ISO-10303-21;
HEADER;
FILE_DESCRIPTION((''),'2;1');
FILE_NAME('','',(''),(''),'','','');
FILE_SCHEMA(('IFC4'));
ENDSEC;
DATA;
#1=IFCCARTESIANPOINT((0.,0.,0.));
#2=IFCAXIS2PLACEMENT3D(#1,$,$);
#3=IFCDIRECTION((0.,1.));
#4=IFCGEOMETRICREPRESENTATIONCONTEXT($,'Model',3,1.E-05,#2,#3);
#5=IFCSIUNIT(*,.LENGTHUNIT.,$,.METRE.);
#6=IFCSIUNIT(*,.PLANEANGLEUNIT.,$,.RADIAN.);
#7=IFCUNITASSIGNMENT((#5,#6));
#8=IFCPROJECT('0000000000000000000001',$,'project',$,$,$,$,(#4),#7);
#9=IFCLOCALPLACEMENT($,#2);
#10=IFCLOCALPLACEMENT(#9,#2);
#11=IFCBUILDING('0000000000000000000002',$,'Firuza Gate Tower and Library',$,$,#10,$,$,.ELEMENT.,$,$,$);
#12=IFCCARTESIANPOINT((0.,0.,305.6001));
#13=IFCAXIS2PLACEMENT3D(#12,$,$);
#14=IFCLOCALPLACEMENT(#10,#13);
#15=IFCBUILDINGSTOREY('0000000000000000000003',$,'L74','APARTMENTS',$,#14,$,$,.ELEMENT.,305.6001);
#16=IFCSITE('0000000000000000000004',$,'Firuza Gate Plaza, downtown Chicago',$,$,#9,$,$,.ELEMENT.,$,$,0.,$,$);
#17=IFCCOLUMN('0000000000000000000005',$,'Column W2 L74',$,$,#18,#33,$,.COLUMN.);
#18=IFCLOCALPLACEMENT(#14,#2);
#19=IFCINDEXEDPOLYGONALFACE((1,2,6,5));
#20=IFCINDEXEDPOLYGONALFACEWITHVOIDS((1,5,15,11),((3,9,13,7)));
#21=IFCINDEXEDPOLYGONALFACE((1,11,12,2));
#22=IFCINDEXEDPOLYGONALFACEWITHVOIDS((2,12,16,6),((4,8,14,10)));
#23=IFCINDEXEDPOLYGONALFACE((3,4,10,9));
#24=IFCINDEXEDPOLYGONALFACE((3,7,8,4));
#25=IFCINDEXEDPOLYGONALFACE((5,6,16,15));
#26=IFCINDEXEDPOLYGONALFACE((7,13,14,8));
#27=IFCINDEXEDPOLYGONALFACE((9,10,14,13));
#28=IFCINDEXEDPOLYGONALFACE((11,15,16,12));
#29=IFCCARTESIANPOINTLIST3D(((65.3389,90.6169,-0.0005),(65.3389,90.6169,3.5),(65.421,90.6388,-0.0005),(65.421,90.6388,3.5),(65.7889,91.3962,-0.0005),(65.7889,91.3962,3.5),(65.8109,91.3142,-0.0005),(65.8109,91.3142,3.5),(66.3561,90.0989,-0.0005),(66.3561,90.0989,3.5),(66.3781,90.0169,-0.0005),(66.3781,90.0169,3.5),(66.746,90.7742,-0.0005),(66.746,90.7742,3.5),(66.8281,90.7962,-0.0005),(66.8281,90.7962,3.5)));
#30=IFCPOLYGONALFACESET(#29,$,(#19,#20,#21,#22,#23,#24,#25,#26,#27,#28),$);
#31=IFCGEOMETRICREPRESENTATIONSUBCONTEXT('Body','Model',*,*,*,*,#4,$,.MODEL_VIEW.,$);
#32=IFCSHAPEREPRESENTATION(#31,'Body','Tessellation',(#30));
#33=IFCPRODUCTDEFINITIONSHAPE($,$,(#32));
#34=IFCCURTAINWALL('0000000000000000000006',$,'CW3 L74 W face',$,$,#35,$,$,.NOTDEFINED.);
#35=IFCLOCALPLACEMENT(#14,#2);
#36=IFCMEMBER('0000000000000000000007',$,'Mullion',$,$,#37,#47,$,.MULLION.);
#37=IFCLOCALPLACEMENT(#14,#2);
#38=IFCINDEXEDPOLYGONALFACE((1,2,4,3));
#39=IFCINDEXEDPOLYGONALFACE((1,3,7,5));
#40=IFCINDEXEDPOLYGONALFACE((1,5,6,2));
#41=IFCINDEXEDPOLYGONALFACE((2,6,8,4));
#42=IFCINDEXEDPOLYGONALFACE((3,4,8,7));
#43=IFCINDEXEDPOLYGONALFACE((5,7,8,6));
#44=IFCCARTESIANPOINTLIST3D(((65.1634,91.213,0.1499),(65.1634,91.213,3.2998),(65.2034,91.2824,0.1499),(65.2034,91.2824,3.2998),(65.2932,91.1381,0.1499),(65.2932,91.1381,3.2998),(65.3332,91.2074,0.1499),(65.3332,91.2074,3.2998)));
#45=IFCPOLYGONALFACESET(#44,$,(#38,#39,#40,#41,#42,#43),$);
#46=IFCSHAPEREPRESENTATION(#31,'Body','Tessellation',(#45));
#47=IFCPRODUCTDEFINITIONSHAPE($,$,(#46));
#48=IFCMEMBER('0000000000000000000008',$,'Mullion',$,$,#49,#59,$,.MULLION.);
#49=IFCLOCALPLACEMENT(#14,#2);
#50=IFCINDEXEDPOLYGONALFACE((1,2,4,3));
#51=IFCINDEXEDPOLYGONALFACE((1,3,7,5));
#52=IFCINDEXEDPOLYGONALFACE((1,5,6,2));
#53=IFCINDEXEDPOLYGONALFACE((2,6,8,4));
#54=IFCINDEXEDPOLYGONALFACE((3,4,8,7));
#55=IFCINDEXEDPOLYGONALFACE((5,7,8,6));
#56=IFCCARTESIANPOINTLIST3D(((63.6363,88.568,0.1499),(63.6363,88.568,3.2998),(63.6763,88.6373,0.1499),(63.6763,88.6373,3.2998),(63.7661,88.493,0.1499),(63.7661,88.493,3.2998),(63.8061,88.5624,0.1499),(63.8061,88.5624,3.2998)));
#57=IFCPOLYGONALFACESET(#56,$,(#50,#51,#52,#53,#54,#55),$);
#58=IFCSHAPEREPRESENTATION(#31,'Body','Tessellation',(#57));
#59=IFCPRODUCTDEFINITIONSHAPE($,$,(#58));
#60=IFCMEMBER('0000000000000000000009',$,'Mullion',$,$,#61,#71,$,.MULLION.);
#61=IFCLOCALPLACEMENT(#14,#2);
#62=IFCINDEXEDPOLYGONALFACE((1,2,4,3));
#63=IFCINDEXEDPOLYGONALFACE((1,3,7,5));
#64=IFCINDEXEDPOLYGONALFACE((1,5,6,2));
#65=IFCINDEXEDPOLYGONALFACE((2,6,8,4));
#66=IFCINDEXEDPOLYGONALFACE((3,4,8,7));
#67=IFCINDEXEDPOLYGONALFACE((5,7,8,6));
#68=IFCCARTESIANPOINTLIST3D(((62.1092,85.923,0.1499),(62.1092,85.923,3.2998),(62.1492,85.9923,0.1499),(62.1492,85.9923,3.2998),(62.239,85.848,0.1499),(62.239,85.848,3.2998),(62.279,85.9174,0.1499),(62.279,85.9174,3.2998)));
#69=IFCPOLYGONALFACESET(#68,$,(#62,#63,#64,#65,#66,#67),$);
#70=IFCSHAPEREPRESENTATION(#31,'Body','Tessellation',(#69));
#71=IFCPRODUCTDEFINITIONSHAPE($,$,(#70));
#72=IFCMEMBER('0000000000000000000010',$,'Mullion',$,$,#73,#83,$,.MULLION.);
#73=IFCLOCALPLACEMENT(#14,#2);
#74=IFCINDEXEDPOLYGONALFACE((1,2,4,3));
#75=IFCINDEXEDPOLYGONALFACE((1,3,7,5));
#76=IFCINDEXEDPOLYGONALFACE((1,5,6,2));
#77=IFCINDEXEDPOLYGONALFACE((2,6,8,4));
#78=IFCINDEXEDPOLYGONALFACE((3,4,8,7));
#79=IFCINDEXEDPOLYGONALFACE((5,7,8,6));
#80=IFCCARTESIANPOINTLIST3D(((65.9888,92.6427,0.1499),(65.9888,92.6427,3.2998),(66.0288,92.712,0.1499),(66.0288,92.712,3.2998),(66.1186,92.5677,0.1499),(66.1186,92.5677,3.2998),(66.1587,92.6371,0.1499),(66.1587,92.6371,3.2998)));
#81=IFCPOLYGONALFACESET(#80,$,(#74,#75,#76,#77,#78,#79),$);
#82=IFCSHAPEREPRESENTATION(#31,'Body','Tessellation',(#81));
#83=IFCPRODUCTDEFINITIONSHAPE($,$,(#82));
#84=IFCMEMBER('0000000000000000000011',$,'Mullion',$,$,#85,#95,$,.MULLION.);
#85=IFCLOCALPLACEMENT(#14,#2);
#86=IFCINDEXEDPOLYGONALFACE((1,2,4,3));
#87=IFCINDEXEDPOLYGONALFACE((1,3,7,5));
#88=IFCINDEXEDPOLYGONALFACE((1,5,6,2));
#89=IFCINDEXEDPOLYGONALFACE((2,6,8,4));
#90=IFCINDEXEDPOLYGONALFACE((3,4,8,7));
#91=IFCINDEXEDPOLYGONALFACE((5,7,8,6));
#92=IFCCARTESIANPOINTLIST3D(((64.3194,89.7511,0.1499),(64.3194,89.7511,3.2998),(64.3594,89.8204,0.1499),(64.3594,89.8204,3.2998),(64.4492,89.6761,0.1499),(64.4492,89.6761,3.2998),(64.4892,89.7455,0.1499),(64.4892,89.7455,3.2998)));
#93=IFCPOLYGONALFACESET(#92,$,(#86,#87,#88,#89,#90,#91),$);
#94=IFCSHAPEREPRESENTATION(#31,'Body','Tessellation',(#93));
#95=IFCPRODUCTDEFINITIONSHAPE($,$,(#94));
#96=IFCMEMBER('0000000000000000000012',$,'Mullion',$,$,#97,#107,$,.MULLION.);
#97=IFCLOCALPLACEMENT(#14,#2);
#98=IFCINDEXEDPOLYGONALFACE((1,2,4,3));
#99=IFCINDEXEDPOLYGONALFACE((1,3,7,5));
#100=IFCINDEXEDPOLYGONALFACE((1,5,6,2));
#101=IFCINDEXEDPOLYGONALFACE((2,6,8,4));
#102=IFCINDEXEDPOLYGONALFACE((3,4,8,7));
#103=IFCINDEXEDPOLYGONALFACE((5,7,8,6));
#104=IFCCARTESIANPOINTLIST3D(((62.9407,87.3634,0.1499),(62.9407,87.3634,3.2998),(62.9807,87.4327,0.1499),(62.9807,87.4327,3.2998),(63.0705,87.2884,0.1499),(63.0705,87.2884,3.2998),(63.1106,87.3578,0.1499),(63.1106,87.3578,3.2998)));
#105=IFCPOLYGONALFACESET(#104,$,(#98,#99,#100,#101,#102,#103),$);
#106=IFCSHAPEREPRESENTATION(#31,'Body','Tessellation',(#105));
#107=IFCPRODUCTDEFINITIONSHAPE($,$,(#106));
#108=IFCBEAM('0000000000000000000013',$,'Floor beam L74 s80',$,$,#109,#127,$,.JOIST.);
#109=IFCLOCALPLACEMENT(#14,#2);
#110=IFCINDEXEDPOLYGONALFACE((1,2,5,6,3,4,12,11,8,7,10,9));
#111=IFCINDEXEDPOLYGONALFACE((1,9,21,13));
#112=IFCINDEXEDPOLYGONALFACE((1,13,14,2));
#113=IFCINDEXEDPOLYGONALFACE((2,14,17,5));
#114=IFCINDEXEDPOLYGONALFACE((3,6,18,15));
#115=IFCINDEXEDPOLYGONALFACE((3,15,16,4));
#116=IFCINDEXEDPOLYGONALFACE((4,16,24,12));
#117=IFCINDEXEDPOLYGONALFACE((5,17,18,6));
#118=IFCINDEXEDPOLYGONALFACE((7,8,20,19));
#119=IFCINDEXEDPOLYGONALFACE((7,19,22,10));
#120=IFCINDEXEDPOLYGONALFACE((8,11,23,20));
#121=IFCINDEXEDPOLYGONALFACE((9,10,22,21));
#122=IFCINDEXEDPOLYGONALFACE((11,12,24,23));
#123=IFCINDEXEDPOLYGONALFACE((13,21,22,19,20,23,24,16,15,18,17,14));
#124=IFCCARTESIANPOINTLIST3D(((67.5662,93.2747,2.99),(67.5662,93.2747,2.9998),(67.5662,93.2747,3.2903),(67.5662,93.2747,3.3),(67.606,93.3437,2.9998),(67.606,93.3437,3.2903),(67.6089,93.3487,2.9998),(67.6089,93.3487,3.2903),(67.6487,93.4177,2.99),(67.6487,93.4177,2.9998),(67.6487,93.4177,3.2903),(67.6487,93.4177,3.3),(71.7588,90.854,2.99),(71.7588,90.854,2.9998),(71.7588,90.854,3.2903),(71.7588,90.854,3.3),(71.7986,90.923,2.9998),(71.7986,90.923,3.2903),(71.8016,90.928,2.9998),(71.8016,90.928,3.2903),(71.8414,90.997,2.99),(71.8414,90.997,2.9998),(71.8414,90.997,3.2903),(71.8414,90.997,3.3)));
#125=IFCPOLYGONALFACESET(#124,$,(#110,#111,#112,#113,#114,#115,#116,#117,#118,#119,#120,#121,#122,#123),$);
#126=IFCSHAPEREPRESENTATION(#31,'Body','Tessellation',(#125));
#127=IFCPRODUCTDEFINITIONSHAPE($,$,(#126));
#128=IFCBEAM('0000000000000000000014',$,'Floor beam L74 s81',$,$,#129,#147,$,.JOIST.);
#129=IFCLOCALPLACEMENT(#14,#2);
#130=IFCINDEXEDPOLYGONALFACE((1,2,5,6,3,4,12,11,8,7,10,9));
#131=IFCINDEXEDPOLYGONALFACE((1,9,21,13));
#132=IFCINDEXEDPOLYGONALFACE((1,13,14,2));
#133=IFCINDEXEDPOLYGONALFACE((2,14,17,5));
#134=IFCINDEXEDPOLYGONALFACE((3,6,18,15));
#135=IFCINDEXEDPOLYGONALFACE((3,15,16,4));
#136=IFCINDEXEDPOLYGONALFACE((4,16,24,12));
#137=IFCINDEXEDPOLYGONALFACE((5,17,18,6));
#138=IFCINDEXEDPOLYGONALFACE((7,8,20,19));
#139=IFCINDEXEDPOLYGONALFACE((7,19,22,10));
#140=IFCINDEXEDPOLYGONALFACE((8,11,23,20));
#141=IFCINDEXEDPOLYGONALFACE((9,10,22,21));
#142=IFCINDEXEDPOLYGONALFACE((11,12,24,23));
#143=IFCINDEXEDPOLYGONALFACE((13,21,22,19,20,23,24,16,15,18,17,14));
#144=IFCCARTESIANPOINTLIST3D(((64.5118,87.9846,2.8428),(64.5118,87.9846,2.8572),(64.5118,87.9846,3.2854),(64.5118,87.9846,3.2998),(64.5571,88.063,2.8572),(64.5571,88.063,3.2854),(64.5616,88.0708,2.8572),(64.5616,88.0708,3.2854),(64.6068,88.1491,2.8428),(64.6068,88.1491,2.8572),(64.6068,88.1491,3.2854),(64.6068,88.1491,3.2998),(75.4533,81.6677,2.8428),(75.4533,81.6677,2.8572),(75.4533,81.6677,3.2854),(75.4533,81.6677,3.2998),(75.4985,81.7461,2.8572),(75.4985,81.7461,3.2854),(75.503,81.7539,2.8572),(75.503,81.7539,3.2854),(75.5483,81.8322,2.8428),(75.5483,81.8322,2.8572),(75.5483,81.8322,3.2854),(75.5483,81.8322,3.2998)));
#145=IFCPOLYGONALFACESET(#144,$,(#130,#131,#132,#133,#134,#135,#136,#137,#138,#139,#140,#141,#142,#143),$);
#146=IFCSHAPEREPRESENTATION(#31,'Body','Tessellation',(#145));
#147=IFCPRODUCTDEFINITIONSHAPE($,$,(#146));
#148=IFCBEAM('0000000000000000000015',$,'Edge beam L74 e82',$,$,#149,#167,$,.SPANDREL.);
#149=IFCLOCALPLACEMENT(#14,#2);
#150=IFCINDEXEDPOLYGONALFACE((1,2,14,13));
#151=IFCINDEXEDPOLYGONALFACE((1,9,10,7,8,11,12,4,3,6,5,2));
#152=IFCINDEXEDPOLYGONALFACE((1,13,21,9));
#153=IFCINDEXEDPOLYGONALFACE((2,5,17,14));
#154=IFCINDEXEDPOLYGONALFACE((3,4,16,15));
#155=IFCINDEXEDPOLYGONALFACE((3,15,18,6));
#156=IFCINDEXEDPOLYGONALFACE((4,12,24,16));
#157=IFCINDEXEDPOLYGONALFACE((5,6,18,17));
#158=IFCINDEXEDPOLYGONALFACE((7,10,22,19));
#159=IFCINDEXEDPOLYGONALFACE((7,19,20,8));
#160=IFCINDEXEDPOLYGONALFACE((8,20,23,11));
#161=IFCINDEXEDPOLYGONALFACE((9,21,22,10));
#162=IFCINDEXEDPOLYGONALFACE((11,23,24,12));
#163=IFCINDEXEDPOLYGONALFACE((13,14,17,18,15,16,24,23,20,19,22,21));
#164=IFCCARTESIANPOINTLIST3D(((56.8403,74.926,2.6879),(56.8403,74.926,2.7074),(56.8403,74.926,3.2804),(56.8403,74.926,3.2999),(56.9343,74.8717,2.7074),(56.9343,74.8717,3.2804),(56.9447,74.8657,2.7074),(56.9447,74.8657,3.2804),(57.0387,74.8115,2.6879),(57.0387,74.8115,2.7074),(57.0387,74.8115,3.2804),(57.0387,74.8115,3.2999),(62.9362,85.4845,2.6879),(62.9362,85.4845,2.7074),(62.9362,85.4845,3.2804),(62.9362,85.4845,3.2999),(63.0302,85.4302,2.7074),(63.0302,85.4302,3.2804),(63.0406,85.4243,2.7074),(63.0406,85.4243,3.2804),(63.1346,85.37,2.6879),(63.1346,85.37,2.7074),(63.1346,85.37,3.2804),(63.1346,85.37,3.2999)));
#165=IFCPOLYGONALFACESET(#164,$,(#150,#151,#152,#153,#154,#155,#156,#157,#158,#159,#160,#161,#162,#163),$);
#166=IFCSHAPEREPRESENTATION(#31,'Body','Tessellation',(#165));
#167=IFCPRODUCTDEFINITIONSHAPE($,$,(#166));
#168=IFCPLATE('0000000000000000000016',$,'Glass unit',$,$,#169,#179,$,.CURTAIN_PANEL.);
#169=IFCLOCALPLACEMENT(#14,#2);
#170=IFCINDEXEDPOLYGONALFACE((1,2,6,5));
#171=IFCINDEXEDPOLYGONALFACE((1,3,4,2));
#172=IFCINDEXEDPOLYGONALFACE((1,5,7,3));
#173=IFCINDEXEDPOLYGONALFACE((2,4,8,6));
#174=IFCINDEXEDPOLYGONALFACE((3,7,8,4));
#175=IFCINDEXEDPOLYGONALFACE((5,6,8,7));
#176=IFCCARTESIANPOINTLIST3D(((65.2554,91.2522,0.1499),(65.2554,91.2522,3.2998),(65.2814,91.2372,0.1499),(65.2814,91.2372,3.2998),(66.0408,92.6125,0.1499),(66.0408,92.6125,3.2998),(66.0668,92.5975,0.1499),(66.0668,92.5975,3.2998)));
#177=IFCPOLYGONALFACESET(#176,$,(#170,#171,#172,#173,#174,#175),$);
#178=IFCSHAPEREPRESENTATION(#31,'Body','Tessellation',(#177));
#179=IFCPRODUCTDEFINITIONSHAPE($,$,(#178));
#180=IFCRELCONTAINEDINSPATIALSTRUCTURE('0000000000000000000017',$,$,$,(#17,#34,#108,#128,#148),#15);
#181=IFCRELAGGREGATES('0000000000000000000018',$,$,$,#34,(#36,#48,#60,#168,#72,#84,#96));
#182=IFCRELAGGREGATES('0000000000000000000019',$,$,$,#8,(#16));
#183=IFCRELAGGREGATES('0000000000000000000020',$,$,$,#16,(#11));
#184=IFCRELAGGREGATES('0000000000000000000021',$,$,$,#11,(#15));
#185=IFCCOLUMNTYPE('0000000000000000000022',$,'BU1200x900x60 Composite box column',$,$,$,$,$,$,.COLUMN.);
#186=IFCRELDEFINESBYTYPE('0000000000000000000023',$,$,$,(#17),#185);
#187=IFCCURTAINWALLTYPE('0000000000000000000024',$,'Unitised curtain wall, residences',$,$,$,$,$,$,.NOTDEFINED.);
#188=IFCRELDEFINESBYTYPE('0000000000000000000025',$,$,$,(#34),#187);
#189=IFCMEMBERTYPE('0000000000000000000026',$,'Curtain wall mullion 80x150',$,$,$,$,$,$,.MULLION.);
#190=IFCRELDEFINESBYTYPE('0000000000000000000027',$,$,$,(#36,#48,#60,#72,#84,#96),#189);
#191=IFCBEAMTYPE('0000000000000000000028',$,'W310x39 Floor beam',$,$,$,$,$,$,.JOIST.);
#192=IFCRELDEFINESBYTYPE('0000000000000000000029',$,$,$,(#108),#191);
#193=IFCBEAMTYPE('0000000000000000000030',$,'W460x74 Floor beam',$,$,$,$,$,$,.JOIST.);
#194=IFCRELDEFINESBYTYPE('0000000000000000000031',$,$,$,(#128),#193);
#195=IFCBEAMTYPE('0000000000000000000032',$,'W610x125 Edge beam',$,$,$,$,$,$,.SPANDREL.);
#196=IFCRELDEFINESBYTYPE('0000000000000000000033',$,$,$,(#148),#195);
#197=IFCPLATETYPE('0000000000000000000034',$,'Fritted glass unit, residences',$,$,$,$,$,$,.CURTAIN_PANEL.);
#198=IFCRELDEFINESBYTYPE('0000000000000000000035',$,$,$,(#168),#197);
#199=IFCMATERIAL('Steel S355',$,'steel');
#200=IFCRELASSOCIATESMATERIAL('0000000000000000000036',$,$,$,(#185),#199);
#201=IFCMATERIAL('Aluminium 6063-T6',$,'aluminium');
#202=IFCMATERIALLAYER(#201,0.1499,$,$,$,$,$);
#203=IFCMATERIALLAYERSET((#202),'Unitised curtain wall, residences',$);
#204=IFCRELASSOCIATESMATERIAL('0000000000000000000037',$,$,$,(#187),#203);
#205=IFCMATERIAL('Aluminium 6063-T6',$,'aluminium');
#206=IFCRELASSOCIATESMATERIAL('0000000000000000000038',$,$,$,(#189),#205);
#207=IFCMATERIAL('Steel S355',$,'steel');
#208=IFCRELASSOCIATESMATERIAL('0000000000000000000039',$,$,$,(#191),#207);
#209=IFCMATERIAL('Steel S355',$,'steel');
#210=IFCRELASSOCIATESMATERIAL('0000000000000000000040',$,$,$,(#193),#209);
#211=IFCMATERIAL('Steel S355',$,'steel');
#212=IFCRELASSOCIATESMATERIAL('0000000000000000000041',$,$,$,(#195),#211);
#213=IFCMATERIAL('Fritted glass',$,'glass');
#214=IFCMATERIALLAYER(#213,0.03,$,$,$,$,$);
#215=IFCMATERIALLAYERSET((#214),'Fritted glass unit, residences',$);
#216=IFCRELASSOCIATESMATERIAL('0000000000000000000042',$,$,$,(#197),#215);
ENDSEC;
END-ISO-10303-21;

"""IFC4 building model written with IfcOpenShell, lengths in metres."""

from ifc_helpers import new_model, si_unit, direction, frame, origin, origin_2d, place, context, subcontext, project, spatial, polyline, rectangle, hollow_rectangle, i_section, outline, extrude, material, layer, layer_set, material_profile, profile_set, type_object, element, aggregate, save


model = new_model("IFC4")

# Units and contexts
model_context = context("Model", 3, precision=1e-05, world=origin(), true_north=direction((0.0, 1.0)))
body_context = subcontext(model_context, "Body", "Model", "MODEL_VIEW")
ifc_project = project(units=[si_unit("LENGTHUNIT", "METRE"), si_unit("PLANEANGLEUNIT", "RADIAN")], contexts=[model_context])

# Site, building, storey
site_placement = place(None, origin())
site = spatial("IfcSite", under=ifc_project, at=site_placement, Name="Firuza Gate Plaza, downtown Chicago", CompositionType="ELEMENT", RefElevation=0.0)
building_placement = place(site_placement, origin())
building = spatial("IfcBuilding", under=site, at=building_placement, Name="Firuza Gate Tower and Library", CompositionType="ELEMENT")
storey_placement = place(building_placement, frame((0.0, 0.0, 305.6001)))
storey = spatial("IfcBuildingStorey", under=building, at=storey_placement, Name="L74", Description="APARTMENTS", CompositionType="ELEMENT", Elevation=305.6001)

# Column
ifc_material_1 = material(Name="Steel S355", Category="steel")
ifc_material_profile_1 = material_profile(ifc_material_1, hollow_rectangle(XDim=0.8999, YDim=1.2, WallThickness=0.0601, at=origin_2d()))
ifc_profile_set_1 = profile_set([ifc_material_profile_1], Name="Steel S355")
column_type = type_object("IfcColumnType", Name="BU1200x900x60 Composite box column", PredefinedType="COLUMN", material=ifc_profile_set_1)
column_placement = place(storey_placement, frame((66.0835, 90.7065, -0.0005), z_axis=(0.0, 0.0, 1.0), x_axis=(-0.5, -0.866025, 0.0)))
element("IfcColumn", 1, at=column_placement, inside=storey, type_object=column_type, Name="Column W2 L74", PredefinedType="COLUMN", context=body_context, shape_type="SweptSolid", body=[
    extrude(hollow_rectangle(XDim=0.8999, YDim=1.2, WallThickness=0.0601, at=origin_2d()), origin(), (0.0, 0.0, 1.0), 3.5005),
])

# Curtain wall, members
ifc_material_2 = material(Name="Aluminium 6063-T6", Category="aluminium")
ifc_layer_1 = layer(ifc_material_2, 0.1499)
ifc_layer_set_1 = layer_set([ifc_layer_1], Name="Unitised curtain wall, residences")
curtain_wall_type = type_object("IfcCurtainWallType", Name="Unitised curtain wall, residences", PredefinedType="NOTDEFINED", material=ifc_layer_set_1)
placement = place(storey_placement, origin())
curtain_wall = element("IfcCurtainWall", 2, at=placement, inside=storey, type_object=curtain_wall_type, Name="CW3 L74 W face", PredefinedType="NOTDEFINED")
ifc_material_3 = material(Name="Aluminium 6063-T6", Category="aluminium")
ifc_material_profile_2 = material_profile(ifc_material_3, rectangle(XDim=0.1499, YDim=0.0801, at=origin_2d()))
ifc_profile_set_2 = profile_set([ifc_material_profile_2], Name="Aluminium 6063-T6")
member_type = type_object("IfcMemberType", Name="Curtain wall mullion 80x150", PredefinedType="MULLION", material=ifc_profile_set_2)
member_1_placement = place(storey_placement, frame((65.2483, 91.2102, 0.1499), z_axis=(0.0, 0.0, 1.0), x_axis=(0.866025, -0.5, 0.0)))
member_1 = element("IfcMember", 3, at=member_1_placement, type_object=member_type, Name="Mullion", PredefinedType="MULLION", context=body_context, shape_type="SweptSolid", body=[
    extrude(rectangle(XDim=0.1499, YDim=0.0801, at=origin_2d()), origin(), (0.0, 0.0, 1.0), 3.1499),
])
member_2_placement = place(storey_placement, frame((63.7212, 88.5652, 0.1499), z_axis=(0.0, 0.0, 1.0), x_axis=(0.866025, -0.5, 0.0)))
member_2 = element("IfcMember", 4, at=member_2_placement, type_object=member_type, Name="Mullion", PredefinedType="MULLION", context=body_context, shape_type="SweptSolid", body=[
    extrude(rectangle(XDim=0.1499, YDim=0.0801, at=origin_2d()), origin(), (0.0, 0.0, 1.0), 3.1499),
])
member_3_placement = place(storey_placement, frame((62.1941, 85.9202, 0.1499), z_axis=(0.0, 0.0, 1.0), x_axis=(0.866025, -0.5, 0.0)))
member_3 = element("IfcMember", 5, at=member_3_placement, type_object=member_type, Name="Mullion", PredefinedType="MULLION", context=body_context, shape_type="SweptSolid", body=[
    extrude(rectangle(XDim=0.1499, YDim=0.0801, at=origin_2d()), origin(), (0.0, 0.0, 1.0), 3.1499),
])
member_4_placement = place(storey_placement, frame((66.0737, 92.6399, 0.1499), z_axis=(0.0, 0.0, 1.0), x_axis=(0.866025, -0.5, 0.0)))
member_4 = element("IfcMember", 6, at=member_4_placement, type_object=member_type, Name="Mullion", PredefinedType="MULLION", context=body_context, shape_type="SweptSolid", body=[
    extrude(rectangle(XDim=0.1499, YDim=0.0801, at=origin_2d()), origin(), (0.0, 0.0, 1.0), 3.1499),
])
member_5_placement = place(storey_placement, frame((64.4043, 89.7483, 0.1499), z_axis=(0.0, 0.0, 1.0), x_axis=(0.866025, -0.5, 0.0)))
member_5 = element("IfcMember", 7, at=member_5_placement, type_object=member_type, Name="Mullion", PredefinedType="MULLION", context=body_context, shape_type="SweptSolid", body=[
    extrude(rectangle(XDim=0.1499, YDim=0.0801, at=origin_2d()), origin(), (0.0, 0.0, 1.0), 3.1499),
])
member_6_placement = place(storey_placement, frame((63.0256, 87.3606, 0.1499), z_axis=(0.0, 0.0, 1.0), x_axis=(0.866025, -0.5, 0.0)))
member_6 = element("IfcMember", 8, at=member_6_placement, type_object=member_type, Name="Mullion", PredefinedType="MULLION", context=body_context, shape_type="SweptSolid", body=[
    extrude(rectangle(XDim=0.1499, YDim=0.0801, at=origin_2d()), origin(), (0.0, 0.0, 1.0), 3.1499),
])

# Beams
ifc_material_4 = material(Name="Steel S355", Category="steel")
ifc_material_profile_3 = material_profile(ifc_material_4, i_section(OverallWidth=0.165, OverallDepth=0.3101, WebThickness=0.0059, FlangeThickness=0.0098, at=origin_2d()))
ifc_profile_set_3 = profile_set([ifc_material_profile_3], Name="Steel S355")
beam_type_1 = type_object("IfcBeamType", Name="W310x39 Floor beam", PredefinedType="JOIST", material=ifc_profile_set_3)
beam_1_placement = place(storey_placement, frame((67.6074, 93.3462, 3.145), z_axis=(0.866022, -0.500006, 0.0), x_axis=(0.500006, 0.866022, 0.0)))
element("IfcBeam", 9, at=beam_1_placement, inside=storey, type_object=beam_type_1, Name="Floor beam L74 s80", PredefinedType="JOIST", context=body_context, shape_type="SweptSolid", body=[
    extrude(i_section(OverallWidth=0.165, OverallDepth=0.3101, WebThickness=0.0059, FlangeThickness=0.0098, at=origin_2d()), origin(), (0.0, 0.0, 1.0), 4.8413),
])
ifc_material_5 = material(Name="Steel S355", Category="steel")
ifc_material_profile_4 = material_profile(ifc_material_5, i_section(OverallWidth=0.1899, OverallDepth=0.457, WebThickness=0.009, FlangeThickness=0.0144, at=origin_2d()))
ifc_profile_set_4 = profile_set([ifc_material_profile_4], Name="Steel S355")
beam_type_2 = type_object("IfcBeamType", Name="W460x74 Floor beam", PredefinedType="JOIST", material=ifc_profile_set_4)
beam_2_placement = place(storey_placement, frame((64.5593, 88.0669, 3.0713), z_axis=(0.86603, -0.499992, 0.0), x_axis=(0.499992, 0.86603, 0.0)))
element("IfcBeam", 10, at=beam_2_placement, inside=storey, type_object=beam_type_2, Name="Floor beam L74 s81", PredefinedType="JOIST", context=body_context, shape_type="SweptSolid", body=[
    extrude(i_section(OverallWidth=0.1899, OverallDepth=0.457, WebThickness=0.009, FlangeThickness=0.0144, at=origin_2d()), origin(), (0.0, 0.0, 1.0), 12.634),
])
ifc_material_6 = material(Name="Steel S355", Category="steel")
ifc_material_profile_5 = material_profile(ifc_material_6, i_section(OverallWidth=0.229, OverallDepth=0.6121, WebThickness=0.012, FlangeThickness=0.0195, at=origin_2d()))
ifc_profile_set_5 = profile_set([ifc_material_profile_5], Name="Steel S355")
beam_type_3 = type_object("IfcBeamType", Name="W610x125 Edge beam", PredefinedType="SPANDREL", material=ifc_profile_set_5)
beam_3_placement = place(storey_placement, frame((63.0354, 85.4272, 2.9939), z_axis=(-0.499996, -0.866028, 0.0), x_axis=(0.866028, -0.499996, 0.0)))
element("IfcBeam", 11, at=beam_3_placement, inside=storey, type_object=beam_type_3, Name="Edge beam L74 e82", PredefinedType="SPANDREL", context=body_context, shape_type="SweptSolid", body=[
    extrude(i_section(OverallWidth=0.229, OverallDepth=0.6121, WebThickness=0.012, FlangeThickness=0.0195, at=origin_2d()), origin(), (0.0, 0.0, 1.0), 12.1919),
])

# Plate
ifc_material_7 = material(Name="Fritted glass", Category="glass")
ifc_layer_2 = layer(ifc_material_7, 0.03)
ifc_layer_set_2 = layer_set([ifc_layer_2], Name="Fritted glass unit, residences")
plate_type_1 = type_object("IfcPlateType", Name="Fritted glass unit, residences", PredefinedType="CURTAIN_PANEL", material=ifc_layer_set_2)
plate_1_placement = place(storey_placement, frame((66.0408, 92.6125, 0.1499), z_axis=(-0.866025, 0.500001, 0.0), x_axis=(-0.500001, -0.866025, 0.0)))
plate_1 = element("IfcPlate", 12, at=plate_1_placement, type_object=plate_type_1, Name="Glass unit", PredefinedType="CURTAIN_PANEL", context=body_context, shape_type="SweptSolid", body=[
    extrude(outline(polyline([(0.0, 0.0), (1.5708, 0.0), (1.5708, 3.1499), (0.0, 3.1499), (0.0, 0.0)])), origin(), (0.0, 0.0, -1.0), 0.03),
])
aggregate(curtain_wall, [member_1, member_2, member_3, plate_1, member_4, member_5, member_6])

save(model, "model.ifc")
